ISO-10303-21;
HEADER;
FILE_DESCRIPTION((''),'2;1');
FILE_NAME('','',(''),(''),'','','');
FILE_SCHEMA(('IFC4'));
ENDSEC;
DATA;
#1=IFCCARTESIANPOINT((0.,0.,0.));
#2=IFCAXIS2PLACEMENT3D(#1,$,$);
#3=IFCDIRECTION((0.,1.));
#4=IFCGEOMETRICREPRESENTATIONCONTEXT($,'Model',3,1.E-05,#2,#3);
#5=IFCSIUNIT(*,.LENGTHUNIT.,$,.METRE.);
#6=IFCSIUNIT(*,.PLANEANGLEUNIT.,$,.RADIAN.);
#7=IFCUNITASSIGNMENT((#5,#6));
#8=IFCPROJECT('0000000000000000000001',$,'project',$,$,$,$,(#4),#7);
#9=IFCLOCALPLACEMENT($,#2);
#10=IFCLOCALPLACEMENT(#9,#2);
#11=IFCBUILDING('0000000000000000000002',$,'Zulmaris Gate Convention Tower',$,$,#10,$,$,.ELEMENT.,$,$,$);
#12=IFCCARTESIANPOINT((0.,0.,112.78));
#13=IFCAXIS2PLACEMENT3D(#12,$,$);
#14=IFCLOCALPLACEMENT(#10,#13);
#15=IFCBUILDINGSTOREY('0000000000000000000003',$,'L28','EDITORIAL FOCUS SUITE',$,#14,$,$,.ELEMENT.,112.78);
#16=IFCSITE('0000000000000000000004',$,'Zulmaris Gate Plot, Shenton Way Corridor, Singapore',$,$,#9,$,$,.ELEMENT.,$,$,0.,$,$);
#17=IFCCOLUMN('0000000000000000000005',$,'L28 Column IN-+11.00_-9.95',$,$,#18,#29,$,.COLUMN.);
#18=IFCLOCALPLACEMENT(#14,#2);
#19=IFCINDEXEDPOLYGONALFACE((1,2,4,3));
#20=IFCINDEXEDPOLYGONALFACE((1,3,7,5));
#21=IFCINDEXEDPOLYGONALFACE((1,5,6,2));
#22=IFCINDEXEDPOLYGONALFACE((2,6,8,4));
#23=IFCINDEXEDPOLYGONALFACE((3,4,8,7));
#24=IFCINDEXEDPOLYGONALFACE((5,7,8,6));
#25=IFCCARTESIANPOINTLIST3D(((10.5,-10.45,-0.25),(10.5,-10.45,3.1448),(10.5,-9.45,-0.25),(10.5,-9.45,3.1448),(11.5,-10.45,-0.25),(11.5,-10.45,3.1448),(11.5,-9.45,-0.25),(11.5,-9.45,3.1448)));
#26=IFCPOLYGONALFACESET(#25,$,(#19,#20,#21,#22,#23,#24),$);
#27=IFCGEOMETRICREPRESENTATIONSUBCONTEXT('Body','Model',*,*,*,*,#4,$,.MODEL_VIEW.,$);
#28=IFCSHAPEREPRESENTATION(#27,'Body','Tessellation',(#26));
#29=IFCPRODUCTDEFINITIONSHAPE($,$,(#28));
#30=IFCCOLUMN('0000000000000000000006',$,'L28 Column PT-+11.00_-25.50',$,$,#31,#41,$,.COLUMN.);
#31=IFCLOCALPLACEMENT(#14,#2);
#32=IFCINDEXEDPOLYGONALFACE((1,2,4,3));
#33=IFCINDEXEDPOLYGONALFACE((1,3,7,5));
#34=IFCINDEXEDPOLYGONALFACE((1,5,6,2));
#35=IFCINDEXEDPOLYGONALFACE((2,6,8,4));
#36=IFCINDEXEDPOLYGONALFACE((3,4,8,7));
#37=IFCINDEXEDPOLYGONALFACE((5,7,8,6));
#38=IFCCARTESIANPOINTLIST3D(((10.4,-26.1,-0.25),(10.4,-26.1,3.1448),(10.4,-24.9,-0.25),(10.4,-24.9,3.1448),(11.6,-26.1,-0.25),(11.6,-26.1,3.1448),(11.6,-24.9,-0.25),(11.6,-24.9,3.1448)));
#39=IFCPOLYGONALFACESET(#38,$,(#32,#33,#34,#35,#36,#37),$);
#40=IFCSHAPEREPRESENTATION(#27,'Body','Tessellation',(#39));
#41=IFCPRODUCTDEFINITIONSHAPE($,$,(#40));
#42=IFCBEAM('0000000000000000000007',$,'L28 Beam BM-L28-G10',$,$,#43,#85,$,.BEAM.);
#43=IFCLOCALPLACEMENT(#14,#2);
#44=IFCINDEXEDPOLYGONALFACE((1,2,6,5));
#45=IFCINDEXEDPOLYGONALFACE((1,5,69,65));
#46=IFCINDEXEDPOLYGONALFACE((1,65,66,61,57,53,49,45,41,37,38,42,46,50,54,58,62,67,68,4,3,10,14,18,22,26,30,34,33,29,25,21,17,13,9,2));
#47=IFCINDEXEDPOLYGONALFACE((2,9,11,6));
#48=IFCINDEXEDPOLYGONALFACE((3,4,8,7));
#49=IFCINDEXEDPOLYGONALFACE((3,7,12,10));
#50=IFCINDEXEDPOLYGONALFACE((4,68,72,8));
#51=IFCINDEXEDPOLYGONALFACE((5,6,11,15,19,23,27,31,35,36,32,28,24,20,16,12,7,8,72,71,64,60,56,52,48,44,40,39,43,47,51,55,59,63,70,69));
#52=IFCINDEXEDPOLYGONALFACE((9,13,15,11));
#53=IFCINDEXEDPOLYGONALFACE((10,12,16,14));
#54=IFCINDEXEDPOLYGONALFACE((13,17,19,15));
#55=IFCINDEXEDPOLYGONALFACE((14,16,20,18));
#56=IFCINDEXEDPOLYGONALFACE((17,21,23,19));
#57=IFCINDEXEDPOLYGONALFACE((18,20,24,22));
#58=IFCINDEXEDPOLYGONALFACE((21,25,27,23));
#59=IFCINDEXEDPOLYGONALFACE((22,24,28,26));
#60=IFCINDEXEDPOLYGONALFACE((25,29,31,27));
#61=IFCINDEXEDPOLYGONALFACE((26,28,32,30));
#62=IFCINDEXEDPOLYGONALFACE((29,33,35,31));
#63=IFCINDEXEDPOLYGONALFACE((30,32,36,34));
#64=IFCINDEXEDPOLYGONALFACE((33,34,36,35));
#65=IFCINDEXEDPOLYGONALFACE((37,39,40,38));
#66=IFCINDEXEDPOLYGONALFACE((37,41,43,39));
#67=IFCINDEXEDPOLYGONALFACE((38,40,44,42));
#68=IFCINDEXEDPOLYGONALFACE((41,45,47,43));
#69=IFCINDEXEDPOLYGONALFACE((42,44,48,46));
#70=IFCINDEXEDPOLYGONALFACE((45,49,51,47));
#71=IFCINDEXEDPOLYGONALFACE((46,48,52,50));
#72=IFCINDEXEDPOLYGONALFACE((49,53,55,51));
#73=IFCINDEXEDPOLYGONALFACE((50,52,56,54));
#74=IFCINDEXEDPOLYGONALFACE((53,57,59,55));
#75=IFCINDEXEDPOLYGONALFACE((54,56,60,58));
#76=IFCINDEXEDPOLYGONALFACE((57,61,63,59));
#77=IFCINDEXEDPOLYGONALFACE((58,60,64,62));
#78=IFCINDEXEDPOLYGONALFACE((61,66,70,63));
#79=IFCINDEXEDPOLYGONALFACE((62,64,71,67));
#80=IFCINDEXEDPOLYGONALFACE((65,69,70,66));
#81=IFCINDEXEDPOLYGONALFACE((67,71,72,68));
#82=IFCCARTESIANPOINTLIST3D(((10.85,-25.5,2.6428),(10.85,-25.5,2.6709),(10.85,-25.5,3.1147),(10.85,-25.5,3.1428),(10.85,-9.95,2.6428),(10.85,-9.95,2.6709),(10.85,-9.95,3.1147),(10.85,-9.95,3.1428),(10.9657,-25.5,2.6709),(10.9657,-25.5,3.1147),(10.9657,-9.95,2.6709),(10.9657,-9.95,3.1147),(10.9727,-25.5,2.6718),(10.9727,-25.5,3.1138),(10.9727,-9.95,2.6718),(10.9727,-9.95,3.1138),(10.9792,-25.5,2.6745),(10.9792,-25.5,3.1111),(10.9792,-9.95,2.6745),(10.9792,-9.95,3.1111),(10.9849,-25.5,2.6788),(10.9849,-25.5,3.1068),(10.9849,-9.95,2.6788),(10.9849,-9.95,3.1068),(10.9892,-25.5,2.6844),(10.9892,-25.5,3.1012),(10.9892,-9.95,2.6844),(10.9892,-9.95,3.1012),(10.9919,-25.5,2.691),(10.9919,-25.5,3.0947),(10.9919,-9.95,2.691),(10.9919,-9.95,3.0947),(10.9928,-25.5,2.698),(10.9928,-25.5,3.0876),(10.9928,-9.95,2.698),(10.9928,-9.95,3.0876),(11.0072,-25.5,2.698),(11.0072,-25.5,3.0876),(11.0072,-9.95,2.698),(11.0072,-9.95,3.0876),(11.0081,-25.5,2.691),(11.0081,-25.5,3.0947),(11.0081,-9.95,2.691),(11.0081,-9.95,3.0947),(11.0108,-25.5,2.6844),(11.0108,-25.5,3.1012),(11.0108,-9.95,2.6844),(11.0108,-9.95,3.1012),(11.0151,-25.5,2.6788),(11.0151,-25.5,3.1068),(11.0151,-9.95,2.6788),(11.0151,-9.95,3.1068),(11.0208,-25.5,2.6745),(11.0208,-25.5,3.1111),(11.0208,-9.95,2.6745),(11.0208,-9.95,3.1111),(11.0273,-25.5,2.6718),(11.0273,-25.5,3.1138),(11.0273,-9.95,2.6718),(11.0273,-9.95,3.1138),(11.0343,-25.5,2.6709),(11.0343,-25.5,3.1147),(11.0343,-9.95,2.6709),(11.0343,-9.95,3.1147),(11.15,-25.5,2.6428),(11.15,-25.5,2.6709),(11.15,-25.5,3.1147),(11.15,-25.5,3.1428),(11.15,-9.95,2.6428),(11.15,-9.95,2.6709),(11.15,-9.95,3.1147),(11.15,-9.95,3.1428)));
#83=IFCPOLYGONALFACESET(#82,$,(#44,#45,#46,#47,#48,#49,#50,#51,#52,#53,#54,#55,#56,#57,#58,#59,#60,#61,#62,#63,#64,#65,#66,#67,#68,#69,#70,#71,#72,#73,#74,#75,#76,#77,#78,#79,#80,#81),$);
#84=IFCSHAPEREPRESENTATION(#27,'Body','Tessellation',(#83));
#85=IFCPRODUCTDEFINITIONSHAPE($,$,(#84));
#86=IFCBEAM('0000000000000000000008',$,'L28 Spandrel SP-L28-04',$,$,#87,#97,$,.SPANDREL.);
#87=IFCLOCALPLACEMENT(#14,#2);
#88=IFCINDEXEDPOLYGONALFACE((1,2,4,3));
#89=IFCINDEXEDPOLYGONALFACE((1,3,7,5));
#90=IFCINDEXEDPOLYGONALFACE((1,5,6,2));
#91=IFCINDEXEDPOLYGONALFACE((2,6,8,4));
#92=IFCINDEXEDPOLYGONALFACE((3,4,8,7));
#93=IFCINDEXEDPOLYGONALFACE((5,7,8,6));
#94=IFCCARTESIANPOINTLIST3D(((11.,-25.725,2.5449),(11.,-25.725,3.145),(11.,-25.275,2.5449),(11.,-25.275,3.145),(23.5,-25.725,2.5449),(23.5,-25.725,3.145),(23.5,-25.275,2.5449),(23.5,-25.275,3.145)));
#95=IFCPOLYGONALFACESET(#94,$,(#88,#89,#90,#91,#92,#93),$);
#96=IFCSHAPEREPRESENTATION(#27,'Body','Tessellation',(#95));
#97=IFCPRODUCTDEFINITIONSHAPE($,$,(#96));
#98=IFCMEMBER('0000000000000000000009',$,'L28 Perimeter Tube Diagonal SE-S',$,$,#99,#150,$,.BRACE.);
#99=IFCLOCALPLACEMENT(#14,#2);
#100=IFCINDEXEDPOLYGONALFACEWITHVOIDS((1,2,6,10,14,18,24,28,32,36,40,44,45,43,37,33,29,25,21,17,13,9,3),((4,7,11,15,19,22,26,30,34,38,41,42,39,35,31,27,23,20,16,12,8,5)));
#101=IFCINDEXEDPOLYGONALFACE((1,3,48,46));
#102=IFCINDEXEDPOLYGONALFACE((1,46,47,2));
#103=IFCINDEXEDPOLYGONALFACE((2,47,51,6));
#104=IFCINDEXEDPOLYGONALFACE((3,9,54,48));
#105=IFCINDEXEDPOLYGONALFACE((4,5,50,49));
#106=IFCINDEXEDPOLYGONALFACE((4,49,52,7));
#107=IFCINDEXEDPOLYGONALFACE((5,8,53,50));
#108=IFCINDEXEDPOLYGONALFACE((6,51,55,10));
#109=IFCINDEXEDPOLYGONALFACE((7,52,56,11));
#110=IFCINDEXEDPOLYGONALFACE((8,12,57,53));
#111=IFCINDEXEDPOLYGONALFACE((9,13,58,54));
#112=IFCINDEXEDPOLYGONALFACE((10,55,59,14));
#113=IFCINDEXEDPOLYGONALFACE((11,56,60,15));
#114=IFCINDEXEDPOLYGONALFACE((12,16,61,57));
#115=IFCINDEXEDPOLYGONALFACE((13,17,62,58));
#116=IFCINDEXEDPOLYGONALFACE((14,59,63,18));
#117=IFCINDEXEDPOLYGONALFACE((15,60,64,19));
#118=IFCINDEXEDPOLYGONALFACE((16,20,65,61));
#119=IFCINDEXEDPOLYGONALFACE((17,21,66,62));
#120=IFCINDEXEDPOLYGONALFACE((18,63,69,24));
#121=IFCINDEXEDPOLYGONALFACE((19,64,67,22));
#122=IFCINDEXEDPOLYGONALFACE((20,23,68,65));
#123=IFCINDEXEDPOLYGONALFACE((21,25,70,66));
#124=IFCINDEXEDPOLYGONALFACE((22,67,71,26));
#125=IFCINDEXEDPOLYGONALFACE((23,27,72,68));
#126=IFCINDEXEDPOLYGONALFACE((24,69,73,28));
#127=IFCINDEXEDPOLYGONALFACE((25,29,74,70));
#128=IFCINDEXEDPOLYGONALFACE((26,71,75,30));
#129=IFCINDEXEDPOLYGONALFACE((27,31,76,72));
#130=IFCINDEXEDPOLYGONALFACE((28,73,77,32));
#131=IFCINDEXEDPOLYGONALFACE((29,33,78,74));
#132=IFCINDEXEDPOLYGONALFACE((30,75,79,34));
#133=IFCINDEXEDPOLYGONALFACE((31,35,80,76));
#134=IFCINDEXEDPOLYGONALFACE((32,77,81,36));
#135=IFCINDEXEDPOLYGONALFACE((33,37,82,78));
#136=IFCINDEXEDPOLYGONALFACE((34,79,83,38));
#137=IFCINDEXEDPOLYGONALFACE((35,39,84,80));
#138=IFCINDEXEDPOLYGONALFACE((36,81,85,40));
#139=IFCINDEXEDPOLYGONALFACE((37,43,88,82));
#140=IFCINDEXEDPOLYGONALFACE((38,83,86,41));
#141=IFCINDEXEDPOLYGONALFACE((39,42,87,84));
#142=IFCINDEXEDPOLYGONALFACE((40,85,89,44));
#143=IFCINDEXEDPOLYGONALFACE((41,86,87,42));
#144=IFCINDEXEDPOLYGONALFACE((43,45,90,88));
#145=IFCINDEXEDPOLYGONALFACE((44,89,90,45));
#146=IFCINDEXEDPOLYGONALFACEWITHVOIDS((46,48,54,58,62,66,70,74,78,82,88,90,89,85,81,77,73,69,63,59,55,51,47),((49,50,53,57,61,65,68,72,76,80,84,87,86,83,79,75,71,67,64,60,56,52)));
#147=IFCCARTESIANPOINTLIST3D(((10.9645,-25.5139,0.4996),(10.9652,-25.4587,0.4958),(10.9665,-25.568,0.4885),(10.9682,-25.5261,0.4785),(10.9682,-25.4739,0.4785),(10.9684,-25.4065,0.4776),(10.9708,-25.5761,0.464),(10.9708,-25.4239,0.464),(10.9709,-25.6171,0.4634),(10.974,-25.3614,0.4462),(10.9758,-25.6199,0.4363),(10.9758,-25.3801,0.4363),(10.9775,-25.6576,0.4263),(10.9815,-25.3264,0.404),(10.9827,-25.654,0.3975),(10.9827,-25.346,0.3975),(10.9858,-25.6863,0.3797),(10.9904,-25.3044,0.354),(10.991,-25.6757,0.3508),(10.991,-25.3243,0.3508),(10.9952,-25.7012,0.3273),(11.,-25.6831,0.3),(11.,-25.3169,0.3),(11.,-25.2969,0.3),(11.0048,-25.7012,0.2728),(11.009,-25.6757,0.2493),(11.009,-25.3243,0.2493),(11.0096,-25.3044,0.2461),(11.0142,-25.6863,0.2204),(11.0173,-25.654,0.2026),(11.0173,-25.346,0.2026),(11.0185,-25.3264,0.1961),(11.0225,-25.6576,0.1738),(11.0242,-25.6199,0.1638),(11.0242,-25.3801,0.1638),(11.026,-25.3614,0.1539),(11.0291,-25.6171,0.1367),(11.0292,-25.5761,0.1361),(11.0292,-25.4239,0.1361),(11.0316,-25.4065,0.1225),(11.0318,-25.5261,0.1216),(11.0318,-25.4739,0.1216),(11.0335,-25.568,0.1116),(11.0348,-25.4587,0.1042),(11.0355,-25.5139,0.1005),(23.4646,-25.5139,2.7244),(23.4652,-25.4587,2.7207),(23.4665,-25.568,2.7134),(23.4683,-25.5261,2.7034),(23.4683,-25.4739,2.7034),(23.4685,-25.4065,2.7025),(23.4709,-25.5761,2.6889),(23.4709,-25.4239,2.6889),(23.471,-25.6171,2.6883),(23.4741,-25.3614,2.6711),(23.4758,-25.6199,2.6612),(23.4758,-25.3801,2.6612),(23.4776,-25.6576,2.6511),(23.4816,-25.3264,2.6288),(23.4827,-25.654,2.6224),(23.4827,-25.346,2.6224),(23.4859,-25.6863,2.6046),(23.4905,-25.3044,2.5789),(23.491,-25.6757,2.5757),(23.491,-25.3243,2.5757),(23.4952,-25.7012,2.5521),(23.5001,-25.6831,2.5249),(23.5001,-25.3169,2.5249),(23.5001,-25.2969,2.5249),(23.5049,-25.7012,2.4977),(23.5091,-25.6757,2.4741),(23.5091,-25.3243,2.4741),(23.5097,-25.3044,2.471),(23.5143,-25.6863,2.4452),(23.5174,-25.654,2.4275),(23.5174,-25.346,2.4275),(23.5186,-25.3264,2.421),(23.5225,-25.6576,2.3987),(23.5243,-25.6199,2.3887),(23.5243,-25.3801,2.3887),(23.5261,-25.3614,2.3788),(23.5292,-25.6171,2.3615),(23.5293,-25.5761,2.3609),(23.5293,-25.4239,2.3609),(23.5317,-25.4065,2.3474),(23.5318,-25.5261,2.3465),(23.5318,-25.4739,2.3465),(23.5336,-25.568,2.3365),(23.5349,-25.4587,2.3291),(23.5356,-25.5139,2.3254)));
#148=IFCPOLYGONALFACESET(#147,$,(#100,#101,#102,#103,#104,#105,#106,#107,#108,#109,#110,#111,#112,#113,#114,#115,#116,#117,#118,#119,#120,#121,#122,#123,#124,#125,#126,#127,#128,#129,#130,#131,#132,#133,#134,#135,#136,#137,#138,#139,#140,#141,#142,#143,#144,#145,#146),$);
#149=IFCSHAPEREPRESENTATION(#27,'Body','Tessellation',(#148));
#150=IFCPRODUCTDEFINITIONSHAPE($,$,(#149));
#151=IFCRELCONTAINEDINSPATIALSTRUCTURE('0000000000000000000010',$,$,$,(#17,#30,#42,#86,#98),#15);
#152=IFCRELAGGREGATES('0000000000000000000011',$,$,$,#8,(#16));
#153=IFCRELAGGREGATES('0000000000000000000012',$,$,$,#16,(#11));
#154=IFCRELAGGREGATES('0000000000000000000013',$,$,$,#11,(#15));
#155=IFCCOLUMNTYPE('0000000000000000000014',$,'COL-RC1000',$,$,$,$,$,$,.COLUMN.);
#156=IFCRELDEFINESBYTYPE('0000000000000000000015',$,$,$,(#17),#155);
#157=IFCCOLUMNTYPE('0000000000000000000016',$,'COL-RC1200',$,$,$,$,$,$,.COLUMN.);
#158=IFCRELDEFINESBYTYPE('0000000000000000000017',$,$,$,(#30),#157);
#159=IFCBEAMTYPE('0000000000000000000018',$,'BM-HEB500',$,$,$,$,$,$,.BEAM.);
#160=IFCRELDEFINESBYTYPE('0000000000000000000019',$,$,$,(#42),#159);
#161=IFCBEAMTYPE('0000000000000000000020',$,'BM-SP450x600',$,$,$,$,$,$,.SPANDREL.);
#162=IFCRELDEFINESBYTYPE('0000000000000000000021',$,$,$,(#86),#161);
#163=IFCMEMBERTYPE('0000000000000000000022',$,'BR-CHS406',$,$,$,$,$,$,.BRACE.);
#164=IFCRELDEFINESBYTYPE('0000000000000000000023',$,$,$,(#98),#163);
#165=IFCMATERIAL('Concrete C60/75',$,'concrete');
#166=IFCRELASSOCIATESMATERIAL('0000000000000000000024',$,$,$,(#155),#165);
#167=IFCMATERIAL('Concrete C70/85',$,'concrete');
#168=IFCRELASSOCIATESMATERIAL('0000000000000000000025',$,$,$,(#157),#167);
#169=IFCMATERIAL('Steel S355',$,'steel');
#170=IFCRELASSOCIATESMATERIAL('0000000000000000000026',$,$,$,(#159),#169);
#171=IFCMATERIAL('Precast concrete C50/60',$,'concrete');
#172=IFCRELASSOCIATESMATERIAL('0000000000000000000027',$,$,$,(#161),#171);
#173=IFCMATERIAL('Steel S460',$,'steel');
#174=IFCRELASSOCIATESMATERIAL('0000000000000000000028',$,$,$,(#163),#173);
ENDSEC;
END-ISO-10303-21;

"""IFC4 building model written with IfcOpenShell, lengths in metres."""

from ifc_helpers import new_model, si_unit, direction, frame, origin, origin_2d, place, context, subcontext, project, spatial, rectangle, hollow_circle, i_section, extrude, material, material_profile, profile_set, type_object, element, save


model = new_model("IFC4")

# Units and contexts
model_context = context("Model", 3, precision=1e-05, world=origin(), true_north=direction((0.0, 1.0)))
body_context = subcontext(model_context, "Body", "Model", "MODEL_VIEW")
ifc_project = project(units=[si_unit("LENGTHUNIT", "METRE"), si_unit("PLANEANGLEUNIT", "RADIAN")], contexts=[model_context])

# Site, building, storey
site_placement = place(None, origin())
site = spatial("IfcSite", under=ifc_project, at=site_placement, Name="Zulmaris Gate Plot, Shenton Way Corridor, Singapore", CompositionType="ELEMENT", RefElevation=0.0)
building_placement = place(site_placement, origin())
building = spatial("IfcBuilding", under=site, at=building_placement, Name="Zulmaris Gate Convention Tower", CompositionType="ELEMENT")
storey_placement = place(building_placement, frame((0.0, 0.0, 112.78)))
storey = spatial("IfcBuildingStorey", under=building, at=storey_placement, Name="L28", Description="EDITORIAL FOCUS SUITE", CompositionType="ELEMENT", Elevation=112.78)

# Columns
ifc_material_1 = material(Name="Concrete C60/75", Category="concrete")
ifc_material_profile_1 = material_profile(ifc_material_1, rectangle(XDim=1.0, YDim=1.0, at=origin_2d()), Name="RC COL 1000x1000")
ifc_profile_set_1 = profile_set([ifc_material_profile_1], Name="Concrete C60/75")
column_type_1 = type_object("IfcColumnType", Name="COL-RC1000", PredefinedType="COLUMN", material=ifc_profile_set_1)
column_1_placement = place(storey_placement, frame((11.0, -9.95, -0.25), z_axis=(0.0, 0.0, 1.0), x_axis=(1.0, 0.0, 0.0)))
element("IfcColumn", 1, at=column_1_placement, inside=storey, type_object=column_type_1, Name="L28 Column IN-+11.00_-9.95", PredefinedType="COLUMN", context=body_context, shape_type="SweptSolid", body=[
    extrude(rectangle(XDim=1.0, YDim=1.0, at=origin_2d()), origin(), (0.0, 0.0, 1.0), 3.3948),
])
ifc_material_2 = material(Name="Concrete C70/85", Category="concrete")
ifc_material_profile_2 = material_profile(ifc_material_2, rectangle(XDim=1.2, YDim=1.2, at=origin_2d()), Name="RC COL 1200x1200")
ifc_profile_set_2 = profile_set([ifc_material_profile_2], Name="Concrete C70/85")
column_type_2 = type_object("IfcColumnType", Name="COL-RC1200", PredefinedType="COLUMN", material=ifc_profile_set_2)
column_2_placement = place(storey_placement, frame((11.0, -25.5, -0.25), z_axis=(0.0, 0.0, 1.0), x_axis=(1.0, 0.0, 0.0)))
element("IfcColumn", 2, at=column_2_placement, inside=storey, type_object=column_type_2, Name="L28 Column PT-+11.00_-25.50", PredefinedType="COLUMN", context=body_context, shape_type="SweptSolid", body=[
    extrude(rectangle(XDim=1.2, YDim=1.2, at=origin_2d()), origin(), (0.0, 0.0, 1.0), 3.3948),
])

# Beams
ifc_material_3 = material(Name="Steel S355", Category="steel")
ifc_material_profile_3 = material_profile(ifc_material_3, i_section(OverallWidth=0.3, OverallDepth=0.5, WebThickness=0.0144, FlangeThickness=0.0281, FilletRadius=0.0271, at=origin_2d()), Name="HEB 500")
ifc_profile_set_3 = profile_set([ifc_material_profile_3], Name="Steel S355")
beam_type_1 = type_object("IfcBeamType", Name="BM-HEB500", PredefinedType="BEAM", material=ifc_profile_set_3)
beam_1_placement = place(storey_placement, frame((11.0, -25.5, 2.8928), z_axis=(0.0, 1.0, 0.0), x_axis=(-1.0, 0.0, 0.0)))
element("IfcBeam", 3, at=beam_1_placement, inside=storey, type_object=beam_type_1, Name="L28 Beam BM-L28-G10", PredefinedType="BEAM", context=body_context, shape_type="SweptSolid", body=[
    extrude(i_section(OverallWidth=0.3, OverallDepth=0.5, WebThickness=0.0144, FlangeThickness=0.0281, FilletRadius=0.0271, at=origin_2d()), origin(), (0.0, 0.0, 1.0), 15.55),
])
ifc_material_4 = material(Name="Precast concrete C50/60", Category="concrete")
ifc_material_profile_4 = material_profile(ifc_material_4, rectangle(XDim=0.45, YDim=0.6001, at=origin_2d()), Name="RC SPANDREL 450x600")
ifc_profile_set_4 = profile_set([ifc_material_profile_4], Name="Precast concrete C50/60")
beam_type_2 = type_object("IfcBeamType", Name="BM-SP450x600", PredefinedType="SPANDREL", material=ifc_profile_set_4)
beam_2_placement = place(storey_placement, frame((11.0, -25.5, 2.845), z_axis=(1.0, 0.0, 0.0), x_axis=(0.0, 1.0, 0.0)))
element("IfcBeam", 4, at=beam_2_placement, inside=storey, type_object=beam_type_2, Name="L28 Spandrel SP-L28-04", PredefinedType="SPANDREL", context=body_context, shape_type="SweptSolid", body=[
    extrude(rectangle(XDim=0.45, YDim=0.6001, at=origin_2d()), origin(), (0.0, 0.0, 1.0), 12.5),
])

# Member
ifc_material_5 = material(Name="Steel S460", Category="steel")
ifc_material_profile_5 = material_profile(ifc_material_5, hollow_circle(Radius=0.2031, WallThickness=0.02, at=origin_2d()), Name="CHS 406.4x20")
ifc_profile_set_5 = profile_set([ifc_material_profile_5], Name="Steel S460")
member_type = type_object("IfcMemberType", Name="BR-CHS406", PredefinedType="BRACE", material=ifc_profile_set_5)
member_placement = place(storey_placement, frame((11.0, -25.5, 0.3), z_axis=(0.984527, 0.0, 0.175234), x_axis=(0.0, 1.0, 0.0)))
element("IfcMember", 5, at=member_placement, inside=storey, type_object=member_type, Name="L28 Perimeter Tube Diagonal SE-S", PredefinedType="BRACE", context=body_context, shape_type="SweptSolid", body=[
    extrude(hollow_circle(Radius=0.2031, WallThickness=0.02, at=origin_2d()), origin(), (0.0, 0.0, 1.0), 12.6965),
])

save(model, "model.ifc")
